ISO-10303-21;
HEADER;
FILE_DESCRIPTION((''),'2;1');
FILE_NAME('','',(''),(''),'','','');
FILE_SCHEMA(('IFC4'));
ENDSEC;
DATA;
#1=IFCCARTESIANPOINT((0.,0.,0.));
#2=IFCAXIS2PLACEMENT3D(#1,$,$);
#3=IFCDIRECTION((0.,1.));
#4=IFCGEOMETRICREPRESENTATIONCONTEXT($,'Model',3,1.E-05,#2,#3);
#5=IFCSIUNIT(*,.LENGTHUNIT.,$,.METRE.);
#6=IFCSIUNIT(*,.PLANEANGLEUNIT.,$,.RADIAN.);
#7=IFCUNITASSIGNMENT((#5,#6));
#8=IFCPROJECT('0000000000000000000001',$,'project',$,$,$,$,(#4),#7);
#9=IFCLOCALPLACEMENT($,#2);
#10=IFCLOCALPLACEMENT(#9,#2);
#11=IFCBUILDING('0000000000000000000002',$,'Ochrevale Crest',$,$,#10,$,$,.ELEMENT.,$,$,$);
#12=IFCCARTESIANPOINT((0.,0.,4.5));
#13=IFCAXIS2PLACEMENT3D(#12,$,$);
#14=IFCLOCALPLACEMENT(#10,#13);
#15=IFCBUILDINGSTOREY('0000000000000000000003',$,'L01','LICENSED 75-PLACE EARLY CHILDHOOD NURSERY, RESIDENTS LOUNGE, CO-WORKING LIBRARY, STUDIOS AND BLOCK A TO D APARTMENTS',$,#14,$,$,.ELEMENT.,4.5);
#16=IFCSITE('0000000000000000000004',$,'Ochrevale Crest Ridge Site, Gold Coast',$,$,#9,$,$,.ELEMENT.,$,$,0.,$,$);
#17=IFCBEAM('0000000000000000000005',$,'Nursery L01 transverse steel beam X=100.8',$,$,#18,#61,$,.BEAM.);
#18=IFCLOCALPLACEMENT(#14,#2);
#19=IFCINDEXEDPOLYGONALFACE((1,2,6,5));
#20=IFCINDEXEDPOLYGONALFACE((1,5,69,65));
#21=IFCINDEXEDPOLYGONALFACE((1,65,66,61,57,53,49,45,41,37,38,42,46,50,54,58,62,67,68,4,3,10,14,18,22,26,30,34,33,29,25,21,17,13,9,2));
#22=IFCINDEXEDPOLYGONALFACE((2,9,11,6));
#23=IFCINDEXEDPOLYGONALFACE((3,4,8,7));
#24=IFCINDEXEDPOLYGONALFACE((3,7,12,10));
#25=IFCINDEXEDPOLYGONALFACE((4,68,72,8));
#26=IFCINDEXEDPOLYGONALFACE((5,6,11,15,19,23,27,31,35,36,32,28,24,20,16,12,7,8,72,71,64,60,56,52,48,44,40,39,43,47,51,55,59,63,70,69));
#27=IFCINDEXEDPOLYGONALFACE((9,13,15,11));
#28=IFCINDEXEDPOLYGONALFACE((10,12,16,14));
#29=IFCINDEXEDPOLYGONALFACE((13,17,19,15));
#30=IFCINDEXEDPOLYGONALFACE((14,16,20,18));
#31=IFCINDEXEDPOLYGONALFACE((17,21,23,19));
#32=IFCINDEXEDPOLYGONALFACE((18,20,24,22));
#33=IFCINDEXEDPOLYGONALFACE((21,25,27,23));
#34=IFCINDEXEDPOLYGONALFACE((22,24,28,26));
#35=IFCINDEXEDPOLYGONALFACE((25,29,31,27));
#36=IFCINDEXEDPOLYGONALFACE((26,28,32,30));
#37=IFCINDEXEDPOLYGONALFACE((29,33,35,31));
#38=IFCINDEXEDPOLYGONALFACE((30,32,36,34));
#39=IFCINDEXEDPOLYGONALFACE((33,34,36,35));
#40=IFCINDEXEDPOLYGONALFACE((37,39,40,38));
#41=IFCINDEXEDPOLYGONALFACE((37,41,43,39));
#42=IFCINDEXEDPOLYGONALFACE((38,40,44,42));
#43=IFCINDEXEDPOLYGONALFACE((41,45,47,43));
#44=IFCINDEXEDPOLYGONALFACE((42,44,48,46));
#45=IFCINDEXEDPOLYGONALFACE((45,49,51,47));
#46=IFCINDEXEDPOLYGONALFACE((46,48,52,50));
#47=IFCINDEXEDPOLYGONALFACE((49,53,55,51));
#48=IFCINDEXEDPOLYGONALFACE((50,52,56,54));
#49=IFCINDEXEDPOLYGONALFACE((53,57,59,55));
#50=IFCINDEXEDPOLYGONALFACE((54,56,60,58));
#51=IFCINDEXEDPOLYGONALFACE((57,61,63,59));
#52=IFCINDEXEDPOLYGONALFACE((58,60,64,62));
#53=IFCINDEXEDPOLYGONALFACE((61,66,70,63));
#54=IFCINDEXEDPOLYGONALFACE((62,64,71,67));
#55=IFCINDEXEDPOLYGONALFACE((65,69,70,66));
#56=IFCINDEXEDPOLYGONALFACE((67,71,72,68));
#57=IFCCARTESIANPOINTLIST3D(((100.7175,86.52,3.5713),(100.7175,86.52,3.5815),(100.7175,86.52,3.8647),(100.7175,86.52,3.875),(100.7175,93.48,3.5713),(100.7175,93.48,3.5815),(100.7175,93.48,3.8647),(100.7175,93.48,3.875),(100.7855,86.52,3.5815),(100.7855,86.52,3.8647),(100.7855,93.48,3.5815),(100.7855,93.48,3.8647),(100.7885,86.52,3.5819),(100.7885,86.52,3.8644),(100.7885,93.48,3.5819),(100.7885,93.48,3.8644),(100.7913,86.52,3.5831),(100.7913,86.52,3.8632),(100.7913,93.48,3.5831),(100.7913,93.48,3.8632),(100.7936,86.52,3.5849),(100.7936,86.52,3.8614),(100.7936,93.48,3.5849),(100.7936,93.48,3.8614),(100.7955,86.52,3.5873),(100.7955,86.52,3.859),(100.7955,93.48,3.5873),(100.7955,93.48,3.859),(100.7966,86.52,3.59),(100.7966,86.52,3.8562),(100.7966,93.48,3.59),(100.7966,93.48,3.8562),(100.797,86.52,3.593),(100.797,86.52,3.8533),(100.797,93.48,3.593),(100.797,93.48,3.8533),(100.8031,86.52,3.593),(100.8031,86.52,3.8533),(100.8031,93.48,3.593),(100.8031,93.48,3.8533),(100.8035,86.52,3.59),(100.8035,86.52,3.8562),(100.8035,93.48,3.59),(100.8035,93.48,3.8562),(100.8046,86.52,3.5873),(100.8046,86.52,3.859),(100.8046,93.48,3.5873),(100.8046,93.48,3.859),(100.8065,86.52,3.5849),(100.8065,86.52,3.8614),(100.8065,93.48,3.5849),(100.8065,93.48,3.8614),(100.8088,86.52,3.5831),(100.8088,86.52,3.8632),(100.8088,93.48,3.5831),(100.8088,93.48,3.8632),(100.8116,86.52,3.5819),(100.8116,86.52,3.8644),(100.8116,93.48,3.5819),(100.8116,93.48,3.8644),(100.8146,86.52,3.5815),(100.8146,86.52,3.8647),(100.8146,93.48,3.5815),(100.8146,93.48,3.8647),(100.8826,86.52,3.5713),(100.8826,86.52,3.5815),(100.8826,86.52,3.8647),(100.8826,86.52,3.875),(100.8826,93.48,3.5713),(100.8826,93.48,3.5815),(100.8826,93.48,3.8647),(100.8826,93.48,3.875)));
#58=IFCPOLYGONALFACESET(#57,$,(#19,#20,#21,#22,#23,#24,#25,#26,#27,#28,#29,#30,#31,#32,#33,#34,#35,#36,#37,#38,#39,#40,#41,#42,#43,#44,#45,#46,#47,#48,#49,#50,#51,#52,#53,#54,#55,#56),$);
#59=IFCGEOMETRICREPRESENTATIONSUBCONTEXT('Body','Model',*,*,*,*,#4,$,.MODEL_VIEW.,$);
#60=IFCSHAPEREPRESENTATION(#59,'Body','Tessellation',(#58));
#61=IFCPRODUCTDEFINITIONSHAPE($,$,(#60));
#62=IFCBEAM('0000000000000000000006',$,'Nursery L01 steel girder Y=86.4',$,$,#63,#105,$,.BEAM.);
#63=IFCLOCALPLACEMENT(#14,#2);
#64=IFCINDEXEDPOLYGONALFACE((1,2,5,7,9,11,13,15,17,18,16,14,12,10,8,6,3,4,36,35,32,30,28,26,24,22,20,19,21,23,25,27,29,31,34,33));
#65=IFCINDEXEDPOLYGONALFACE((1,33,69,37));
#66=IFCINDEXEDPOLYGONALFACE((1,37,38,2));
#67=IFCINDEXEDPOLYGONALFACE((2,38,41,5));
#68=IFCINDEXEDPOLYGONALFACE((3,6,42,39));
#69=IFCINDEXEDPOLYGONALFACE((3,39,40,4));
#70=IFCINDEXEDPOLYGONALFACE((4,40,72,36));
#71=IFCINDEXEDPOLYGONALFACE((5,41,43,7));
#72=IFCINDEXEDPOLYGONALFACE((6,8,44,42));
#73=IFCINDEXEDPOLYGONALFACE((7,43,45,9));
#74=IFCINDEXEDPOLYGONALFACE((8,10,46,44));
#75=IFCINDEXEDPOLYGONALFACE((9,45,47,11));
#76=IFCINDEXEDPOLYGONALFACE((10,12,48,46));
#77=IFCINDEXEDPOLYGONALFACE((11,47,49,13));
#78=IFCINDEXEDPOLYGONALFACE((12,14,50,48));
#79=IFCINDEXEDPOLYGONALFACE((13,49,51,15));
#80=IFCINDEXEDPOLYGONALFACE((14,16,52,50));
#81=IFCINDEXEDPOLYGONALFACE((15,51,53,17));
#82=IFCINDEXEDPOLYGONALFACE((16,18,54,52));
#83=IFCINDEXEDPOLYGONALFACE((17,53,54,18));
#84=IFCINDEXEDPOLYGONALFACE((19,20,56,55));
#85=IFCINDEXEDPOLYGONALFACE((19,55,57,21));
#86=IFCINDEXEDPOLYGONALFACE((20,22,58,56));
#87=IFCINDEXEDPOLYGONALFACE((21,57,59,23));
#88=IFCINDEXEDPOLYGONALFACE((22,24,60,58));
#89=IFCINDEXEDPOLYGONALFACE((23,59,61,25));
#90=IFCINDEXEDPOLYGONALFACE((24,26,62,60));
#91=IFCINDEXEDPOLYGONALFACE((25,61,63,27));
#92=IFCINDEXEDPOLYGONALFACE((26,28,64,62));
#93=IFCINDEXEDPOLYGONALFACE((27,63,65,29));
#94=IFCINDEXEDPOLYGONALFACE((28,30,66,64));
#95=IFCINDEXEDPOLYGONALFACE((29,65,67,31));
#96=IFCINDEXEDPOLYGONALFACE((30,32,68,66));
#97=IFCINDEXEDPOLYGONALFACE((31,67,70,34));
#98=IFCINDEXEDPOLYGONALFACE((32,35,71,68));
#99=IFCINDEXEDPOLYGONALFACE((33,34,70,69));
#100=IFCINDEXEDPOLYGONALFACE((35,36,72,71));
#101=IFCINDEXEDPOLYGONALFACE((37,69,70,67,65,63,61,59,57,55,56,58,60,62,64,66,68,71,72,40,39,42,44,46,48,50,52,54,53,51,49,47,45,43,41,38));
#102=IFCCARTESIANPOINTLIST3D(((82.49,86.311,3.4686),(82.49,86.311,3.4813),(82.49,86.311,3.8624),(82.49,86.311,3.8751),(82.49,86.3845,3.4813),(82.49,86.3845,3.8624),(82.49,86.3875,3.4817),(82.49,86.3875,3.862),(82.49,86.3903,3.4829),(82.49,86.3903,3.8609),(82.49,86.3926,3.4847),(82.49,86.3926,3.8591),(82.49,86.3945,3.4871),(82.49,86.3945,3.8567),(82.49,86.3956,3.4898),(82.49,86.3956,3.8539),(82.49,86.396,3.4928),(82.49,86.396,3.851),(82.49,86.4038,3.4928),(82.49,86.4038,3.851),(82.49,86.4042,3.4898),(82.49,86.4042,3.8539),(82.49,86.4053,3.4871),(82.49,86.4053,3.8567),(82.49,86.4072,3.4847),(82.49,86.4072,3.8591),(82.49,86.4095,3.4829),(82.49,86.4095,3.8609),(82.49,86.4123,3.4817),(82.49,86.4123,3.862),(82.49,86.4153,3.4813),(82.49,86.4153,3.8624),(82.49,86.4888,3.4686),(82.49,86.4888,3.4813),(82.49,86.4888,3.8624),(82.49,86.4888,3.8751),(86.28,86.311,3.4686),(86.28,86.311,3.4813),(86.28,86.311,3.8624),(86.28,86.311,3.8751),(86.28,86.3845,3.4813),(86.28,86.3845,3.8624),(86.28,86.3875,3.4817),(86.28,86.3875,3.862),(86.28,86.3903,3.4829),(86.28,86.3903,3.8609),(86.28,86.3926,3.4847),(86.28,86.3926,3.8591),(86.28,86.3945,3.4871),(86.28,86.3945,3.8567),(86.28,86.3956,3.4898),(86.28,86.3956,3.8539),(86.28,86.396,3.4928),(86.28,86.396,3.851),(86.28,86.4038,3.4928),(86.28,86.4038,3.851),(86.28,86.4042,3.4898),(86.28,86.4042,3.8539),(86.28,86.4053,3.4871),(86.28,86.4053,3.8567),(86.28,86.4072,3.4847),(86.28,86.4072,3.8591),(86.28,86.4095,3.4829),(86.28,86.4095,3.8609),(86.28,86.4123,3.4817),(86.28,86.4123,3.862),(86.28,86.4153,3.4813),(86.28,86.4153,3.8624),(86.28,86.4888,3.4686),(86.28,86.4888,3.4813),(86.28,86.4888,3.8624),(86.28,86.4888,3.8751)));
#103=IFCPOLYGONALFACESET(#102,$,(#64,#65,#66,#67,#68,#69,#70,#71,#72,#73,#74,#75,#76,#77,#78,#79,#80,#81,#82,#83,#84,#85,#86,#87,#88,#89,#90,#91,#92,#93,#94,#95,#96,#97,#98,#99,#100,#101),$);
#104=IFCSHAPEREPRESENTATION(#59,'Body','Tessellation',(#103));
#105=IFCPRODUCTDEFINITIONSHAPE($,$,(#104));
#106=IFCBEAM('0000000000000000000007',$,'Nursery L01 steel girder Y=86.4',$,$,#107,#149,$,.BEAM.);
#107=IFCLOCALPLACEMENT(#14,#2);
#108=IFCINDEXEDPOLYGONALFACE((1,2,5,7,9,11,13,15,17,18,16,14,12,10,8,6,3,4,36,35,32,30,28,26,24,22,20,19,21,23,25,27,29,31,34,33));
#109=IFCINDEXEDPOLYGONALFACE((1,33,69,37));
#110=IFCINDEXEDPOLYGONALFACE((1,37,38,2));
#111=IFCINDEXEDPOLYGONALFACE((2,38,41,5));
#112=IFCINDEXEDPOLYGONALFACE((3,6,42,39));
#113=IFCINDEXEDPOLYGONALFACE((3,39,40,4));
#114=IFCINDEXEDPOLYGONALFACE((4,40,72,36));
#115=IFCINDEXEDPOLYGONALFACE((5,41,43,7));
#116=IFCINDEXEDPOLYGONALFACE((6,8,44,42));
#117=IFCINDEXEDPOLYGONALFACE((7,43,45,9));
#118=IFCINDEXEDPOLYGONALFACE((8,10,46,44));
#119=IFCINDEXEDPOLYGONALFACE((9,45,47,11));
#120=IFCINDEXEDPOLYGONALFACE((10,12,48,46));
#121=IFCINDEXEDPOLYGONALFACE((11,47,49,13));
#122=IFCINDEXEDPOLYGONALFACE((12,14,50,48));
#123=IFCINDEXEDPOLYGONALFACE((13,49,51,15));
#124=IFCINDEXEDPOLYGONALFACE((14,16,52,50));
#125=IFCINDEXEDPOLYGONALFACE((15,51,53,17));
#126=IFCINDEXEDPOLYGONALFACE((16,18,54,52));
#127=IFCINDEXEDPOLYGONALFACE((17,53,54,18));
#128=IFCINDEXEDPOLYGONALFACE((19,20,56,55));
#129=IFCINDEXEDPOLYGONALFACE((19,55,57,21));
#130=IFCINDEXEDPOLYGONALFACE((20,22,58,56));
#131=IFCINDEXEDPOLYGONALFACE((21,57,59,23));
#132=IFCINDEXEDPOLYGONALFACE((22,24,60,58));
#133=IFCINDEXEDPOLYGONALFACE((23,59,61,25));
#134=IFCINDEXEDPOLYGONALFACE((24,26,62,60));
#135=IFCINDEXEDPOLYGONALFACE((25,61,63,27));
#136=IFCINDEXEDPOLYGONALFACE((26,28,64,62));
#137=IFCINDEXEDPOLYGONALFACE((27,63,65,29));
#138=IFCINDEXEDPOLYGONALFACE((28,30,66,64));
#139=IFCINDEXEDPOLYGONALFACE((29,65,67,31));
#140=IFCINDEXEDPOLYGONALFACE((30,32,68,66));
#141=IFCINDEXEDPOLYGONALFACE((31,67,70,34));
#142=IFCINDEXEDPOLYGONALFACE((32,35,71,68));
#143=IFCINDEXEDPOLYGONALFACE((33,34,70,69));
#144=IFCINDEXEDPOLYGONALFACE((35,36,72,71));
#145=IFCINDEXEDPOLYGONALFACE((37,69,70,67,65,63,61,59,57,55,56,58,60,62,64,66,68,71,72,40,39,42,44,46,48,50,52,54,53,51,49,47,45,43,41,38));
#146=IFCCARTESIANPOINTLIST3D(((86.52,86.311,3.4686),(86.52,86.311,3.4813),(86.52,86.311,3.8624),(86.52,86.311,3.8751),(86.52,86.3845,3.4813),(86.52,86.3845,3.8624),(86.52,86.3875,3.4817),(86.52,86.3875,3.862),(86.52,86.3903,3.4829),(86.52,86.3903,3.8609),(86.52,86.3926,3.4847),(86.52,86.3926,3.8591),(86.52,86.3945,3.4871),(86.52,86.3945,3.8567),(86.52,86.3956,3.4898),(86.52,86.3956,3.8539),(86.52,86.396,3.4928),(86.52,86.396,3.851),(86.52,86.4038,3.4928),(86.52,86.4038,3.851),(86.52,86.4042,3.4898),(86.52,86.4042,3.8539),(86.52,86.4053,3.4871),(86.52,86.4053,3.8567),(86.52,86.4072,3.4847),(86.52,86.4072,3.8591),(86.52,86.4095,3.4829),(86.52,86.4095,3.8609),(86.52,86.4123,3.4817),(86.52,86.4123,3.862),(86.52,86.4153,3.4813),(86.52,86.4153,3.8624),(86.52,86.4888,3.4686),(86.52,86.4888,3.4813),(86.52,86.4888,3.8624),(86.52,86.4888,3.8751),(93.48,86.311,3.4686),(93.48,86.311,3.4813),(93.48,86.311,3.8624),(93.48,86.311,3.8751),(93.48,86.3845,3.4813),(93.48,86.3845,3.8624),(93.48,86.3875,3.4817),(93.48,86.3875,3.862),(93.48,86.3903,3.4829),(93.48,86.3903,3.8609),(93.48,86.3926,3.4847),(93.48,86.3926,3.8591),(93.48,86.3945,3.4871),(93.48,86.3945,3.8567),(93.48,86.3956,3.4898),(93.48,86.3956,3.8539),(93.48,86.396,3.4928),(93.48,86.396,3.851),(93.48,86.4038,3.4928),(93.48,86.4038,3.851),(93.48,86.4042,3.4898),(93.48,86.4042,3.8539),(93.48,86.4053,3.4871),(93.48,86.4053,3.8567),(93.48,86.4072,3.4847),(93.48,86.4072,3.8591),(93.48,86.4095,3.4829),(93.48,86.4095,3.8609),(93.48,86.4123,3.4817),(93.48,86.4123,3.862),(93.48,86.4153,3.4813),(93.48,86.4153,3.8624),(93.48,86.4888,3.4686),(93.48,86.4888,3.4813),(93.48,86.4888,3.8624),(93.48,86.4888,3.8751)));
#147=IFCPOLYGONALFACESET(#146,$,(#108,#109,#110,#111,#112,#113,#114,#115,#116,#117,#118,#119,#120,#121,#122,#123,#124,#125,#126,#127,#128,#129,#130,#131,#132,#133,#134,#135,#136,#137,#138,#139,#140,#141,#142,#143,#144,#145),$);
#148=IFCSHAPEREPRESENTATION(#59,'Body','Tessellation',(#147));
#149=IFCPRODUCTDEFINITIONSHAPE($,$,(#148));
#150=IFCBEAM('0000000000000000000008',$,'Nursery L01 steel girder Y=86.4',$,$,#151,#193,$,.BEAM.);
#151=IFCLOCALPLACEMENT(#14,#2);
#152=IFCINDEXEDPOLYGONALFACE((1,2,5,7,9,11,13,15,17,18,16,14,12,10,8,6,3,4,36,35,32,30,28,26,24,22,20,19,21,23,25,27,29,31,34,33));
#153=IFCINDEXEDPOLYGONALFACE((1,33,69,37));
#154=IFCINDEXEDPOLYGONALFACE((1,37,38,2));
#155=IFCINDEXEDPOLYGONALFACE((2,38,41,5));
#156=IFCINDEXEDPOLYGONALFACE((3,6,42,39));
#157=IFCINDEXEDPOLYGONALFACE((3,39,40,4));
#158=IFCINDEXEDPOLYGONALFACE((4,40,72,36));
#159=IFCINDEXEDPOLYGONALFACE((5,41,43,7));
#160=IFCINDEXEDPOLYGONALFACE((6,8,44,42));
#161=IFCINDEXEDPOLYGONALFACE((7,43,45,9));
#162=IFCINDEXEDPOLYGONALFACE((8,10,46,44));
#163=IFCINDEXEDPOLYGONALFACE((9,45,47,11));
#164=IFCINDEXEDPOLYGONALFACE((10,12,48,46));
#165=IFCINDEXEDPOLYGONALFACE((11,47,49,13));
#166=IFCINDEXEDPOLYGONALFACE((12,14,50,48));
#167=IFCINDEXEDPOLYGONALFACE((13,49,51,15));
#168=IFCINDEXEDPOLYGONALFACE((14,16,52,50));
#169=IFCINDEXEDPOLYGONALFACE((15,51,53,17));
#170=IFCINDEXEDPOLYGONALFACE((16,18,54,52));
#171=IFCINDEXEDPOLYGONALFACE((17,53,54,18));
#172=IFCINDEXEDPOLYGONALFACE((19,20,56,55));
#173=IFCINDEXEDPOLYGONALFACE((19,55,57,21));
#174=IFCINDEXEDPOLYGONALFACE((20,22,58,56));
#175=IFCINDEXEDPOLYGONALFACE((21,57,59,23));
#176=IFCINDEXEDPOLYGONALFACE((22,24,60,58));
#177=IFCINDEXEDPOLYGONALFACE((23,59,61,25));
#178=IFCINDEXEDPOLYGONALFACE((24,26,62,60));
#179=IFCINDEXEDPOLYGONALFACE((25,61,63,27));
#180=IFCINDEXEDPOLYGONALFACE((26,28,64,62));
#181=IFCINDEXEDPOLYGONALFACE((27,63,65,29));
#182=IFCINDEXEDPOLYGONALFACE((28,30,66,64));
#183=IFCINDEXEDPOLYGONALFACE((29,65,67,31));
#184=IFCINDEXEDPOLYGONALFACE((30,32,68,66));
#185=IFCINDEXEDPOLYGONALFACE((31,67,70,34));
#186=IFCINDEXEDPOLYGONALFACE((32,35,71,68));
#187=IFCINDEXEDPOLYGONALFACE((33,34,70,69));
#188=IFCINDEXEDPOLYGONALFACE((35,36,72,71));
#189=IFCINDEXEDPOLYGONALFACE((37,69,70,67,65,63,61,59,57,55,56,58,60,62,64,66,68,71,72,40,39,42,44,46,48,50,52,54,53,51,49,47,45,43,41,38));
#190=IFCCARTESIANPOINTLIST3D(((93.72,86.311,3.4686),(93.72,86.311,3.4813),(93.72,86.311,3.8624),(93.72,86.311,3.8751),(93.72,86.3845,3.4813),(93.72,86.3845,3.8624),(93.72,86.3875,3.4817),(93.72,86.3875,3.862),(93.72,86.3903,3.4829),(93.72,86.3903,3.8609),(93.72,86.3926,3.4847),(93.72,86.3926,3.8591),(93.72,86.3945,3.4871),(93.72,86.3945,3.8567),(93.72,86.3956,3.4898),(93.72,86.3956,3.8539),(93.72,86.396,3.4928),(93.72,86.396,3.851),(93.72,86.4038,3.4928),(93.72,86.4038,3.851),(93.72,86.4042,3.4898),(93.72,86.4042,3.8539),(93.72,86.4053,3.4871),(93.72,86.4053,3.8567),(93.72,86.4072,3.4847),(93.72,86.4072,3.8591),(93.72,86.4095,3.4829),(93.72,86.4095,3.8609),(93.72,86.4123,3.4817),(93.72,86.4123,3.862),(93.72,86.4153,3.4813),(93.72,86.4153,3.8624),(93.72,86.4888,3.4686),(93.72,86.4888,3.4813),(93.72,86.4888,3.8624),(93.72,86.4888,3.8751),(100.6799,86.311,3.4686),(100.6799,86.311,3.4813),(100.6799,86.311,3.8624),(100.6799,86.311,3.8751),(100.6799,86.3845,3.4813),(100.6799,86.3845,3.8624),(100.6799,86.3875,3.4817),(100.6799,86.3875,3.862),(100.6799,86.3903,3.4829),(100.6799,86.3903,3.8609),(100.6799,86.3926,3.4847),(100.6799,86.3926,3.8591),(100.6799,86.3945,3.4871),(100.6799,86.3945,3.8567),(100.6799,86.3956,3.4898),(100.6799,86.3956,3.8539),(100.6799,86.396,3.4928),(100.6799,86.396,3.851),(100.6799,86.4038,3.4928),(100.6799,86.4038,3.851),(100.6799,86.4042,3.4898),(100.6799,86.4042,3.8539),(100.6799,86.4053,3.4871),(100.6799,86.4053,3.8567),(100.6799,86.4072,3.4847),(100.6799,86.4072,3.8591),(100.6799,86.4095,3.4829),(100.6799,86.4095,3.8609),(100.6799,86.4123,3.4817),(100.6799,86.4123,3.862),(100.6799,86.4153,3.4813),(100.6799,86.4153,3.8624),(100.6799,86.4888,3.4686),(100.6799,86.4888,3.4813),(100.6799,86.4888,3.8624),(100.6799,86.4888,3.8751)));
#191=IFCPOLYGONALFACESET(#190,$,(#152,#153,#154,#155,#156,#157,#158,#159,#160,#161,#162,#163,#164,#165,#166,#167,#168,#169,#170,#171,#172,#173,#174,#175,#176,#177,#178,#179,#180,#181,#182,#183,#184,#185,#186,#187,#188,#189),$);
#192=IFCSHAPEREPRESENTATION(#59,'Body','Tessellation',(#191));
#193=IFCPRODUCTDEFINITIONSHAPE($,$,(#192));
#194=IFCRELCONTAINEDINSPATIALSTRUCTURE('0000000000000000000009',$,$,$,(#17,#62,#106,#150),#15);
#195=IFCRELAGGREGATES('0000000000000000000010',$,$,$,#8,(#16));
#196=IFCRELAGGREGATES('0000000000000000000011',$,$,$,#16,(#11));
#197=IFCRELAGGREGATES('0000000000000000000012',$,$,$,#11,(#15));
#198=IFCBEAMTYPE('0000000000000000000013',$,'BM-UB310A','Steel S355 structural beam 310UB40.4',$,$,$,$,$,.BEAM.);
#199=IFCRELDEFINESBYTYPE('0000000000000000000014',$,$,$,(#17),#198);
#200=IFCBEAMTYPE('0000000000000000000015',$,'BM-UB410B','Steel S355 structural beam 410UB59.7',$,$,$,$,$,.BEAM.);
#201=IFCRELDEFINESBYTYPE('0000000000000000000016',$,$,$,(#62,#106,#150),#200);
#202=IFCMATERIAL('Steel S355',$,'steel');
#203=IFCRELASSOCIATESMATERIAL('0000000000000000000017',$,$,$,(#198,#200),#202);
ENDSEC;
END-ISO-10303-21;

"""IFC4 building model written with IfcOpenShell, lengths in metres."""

from ifc_helpers import new_model, si_unit, direction, frame, origin, origin_2d, place, context, subcontext, project, spatial, i_section, extrude, material, material_profile, profile_set, type_object, element, save


model = new_model("IFC4")

# Units and contexts
model_context = context("Model", 3, precision=1e-05, world=origin(), true_north=direction((0.0, 1.0)))
body_context = subcontext(model_context, "Body", "Model", "MODEL_VIEW")
ifc_project = project(units=[si_unit("LENGTHUNIT", "METRE"), si_unit("PLANEANGLEUNIT", "RADIAN")], contexts=[model_context])

# Site, building, storey
site_placement = place(None, origin())
site = spatial("IfcSite", under=ifc_project, at=site_placement, Name="Ochrevale Crest Ridge Site, Gold Coast", CompositionType="ELEMENT", RefElevation=0.0)
building_placement = place(site_placement, origin())
building = spatial("IfcBuilding", under=site, at=building_placement, Name="Ochrevale Crest", CompositionType="ELEMENT")
storey_placement = place(building_placement, frame((0.0, 0.0, 4.5)))
storey = spatial("IfcBuildingStorey", under=building, at=storey_placement, Name="L01", Description="LICENSED 75-PLACE EARLY CHILDHOOD NURSERY, RESIDENTS LOUNGE, CO-WORKING LIBRARY, STUDIOS AND BLOCK A TO D APARTMENTS", CompositionType="ELEMENT", Elevation=4.5)

# Shared definitions
ifc_material_1 = material(Name="Steel S355", Category="steel")

# Beams
ifc_material_profile_1 = material_profile(ifc_material_1, i_section(OverallWidth=0.165, OverallDepth=0.3037, WebThickness=0.0061, FlangeThickness=0.0103, FilletRadius=0.0115, at=origin_2d()), Name="310UB40.4")
ifc_profile_set_1 = profile_set([ifc_material_profile_1], Name="Steel S355")
beam_type_1 = type_object("IfcBeamType", Name="BM-UB310A", Description="Steel S355 structural beam 310UB40.4", PredefinedType="BEAM", material=ifc_profile_set_1)
for number, where, z_axis, x_axis, name in (
    (1, (100.8, 86.52, 3.7231), (0.0, 1.0, 0.0), (-1.0, 0.0, 0.0), "Nursery L01 transverse steel beam X=100.8"),
):
    element("IfcBeam", number, at=place(storey_placement, frame(where, z_axis=z_axis, x_axis=x_axis)), inside=storey, type_object=beam_type_1, Name=name, PredefinedType="BEAM", context=body_context, shape_type="SweptSolid", body=[
        extrude(i_section(OverallWidth=0.165, OverallDepth=0.3037, WebThickness=0.0061, FlangeThickness=0.0103, FilletRadius=0.0115, at=origin_2d()), origin(), (0.0, 0.0, 1.0), 6.96),
    ])
ifc_material_profile_2 = material_profile(ifc_material_1, i_section(OverallWidth=0.1777, OverallDepth=0.4065, WebThickness=0.0078, FlangeThickness=0.0127, FilletRadius=0.0115, at=origin_2d()), Name="410UB59.7")
ifc_profile_set_2 = profile_set([ifc_material_profile_2], Name="Steel S355")
beam_type_2 = type_object("IfcBeamType", Name="BM-UB410B", Description="Steel S355 structural beam 410UB59.7", PredefinedType="BEAM", material=ifc_profile_set_2)
beam_placement = place(storey_placement, frame((82.49, 86.3999, 3.6719), z_axis=(1.0, 0.0, 0.0), x_axis=(0.0, 1.0, 0.0)))
element("IfcBeam", 2, at=beam_placement, inside=storey, type_object=beam_type_2, Name="Nursery L01 steel girder Y=86.4", PredefinedType="BEAM", context=body_context, shape_type="SweptSolid", body=[
    extrude(i_section(OverallWidth=0.1777, OverallDepth=0.4065, WebThickness=0.0078, FlangeThickness=0.0127, FilletRadius=0.0115, at=origin_2d()), origin(), (0.0, 0.0, 1.0), 3.79),
])
for number, where, z_axis, x_axis, name in (
    (3, (86.52, 86.3999, 3.6719), (1.0, 0.0, 0.0), (0.0, 1.0, 0.0), "Nursery L01 steel girder Y=86.4"),
    (4, (93.72, 86.3999, 3.6719), (1.0, 0.0, 0.0), (0.0, 1.0, 0.0), "Nursery L01 steel girder Y=86.4"),
):
    element("IfcBeam", number, at=place(storey_placement, frame(where, z_axis=z_axis, x_axis=x_axis)), inside=storey, type_object=beam_type_2, Name=name, PredefinedType="BEAM", context=body_context, shape_type="SweptSolid", body=[
        extrude(i_section(OverallWidth=0.1777, OverallDepth=0.4065, WebThickness=0.0078, FlangeThickness=0.0127, FilletRadius=0.0115, at=origin_2d()), origin(), (0.0, 0.0, 1.0), 6.96),
    ])

save(model, "model.ifc")
